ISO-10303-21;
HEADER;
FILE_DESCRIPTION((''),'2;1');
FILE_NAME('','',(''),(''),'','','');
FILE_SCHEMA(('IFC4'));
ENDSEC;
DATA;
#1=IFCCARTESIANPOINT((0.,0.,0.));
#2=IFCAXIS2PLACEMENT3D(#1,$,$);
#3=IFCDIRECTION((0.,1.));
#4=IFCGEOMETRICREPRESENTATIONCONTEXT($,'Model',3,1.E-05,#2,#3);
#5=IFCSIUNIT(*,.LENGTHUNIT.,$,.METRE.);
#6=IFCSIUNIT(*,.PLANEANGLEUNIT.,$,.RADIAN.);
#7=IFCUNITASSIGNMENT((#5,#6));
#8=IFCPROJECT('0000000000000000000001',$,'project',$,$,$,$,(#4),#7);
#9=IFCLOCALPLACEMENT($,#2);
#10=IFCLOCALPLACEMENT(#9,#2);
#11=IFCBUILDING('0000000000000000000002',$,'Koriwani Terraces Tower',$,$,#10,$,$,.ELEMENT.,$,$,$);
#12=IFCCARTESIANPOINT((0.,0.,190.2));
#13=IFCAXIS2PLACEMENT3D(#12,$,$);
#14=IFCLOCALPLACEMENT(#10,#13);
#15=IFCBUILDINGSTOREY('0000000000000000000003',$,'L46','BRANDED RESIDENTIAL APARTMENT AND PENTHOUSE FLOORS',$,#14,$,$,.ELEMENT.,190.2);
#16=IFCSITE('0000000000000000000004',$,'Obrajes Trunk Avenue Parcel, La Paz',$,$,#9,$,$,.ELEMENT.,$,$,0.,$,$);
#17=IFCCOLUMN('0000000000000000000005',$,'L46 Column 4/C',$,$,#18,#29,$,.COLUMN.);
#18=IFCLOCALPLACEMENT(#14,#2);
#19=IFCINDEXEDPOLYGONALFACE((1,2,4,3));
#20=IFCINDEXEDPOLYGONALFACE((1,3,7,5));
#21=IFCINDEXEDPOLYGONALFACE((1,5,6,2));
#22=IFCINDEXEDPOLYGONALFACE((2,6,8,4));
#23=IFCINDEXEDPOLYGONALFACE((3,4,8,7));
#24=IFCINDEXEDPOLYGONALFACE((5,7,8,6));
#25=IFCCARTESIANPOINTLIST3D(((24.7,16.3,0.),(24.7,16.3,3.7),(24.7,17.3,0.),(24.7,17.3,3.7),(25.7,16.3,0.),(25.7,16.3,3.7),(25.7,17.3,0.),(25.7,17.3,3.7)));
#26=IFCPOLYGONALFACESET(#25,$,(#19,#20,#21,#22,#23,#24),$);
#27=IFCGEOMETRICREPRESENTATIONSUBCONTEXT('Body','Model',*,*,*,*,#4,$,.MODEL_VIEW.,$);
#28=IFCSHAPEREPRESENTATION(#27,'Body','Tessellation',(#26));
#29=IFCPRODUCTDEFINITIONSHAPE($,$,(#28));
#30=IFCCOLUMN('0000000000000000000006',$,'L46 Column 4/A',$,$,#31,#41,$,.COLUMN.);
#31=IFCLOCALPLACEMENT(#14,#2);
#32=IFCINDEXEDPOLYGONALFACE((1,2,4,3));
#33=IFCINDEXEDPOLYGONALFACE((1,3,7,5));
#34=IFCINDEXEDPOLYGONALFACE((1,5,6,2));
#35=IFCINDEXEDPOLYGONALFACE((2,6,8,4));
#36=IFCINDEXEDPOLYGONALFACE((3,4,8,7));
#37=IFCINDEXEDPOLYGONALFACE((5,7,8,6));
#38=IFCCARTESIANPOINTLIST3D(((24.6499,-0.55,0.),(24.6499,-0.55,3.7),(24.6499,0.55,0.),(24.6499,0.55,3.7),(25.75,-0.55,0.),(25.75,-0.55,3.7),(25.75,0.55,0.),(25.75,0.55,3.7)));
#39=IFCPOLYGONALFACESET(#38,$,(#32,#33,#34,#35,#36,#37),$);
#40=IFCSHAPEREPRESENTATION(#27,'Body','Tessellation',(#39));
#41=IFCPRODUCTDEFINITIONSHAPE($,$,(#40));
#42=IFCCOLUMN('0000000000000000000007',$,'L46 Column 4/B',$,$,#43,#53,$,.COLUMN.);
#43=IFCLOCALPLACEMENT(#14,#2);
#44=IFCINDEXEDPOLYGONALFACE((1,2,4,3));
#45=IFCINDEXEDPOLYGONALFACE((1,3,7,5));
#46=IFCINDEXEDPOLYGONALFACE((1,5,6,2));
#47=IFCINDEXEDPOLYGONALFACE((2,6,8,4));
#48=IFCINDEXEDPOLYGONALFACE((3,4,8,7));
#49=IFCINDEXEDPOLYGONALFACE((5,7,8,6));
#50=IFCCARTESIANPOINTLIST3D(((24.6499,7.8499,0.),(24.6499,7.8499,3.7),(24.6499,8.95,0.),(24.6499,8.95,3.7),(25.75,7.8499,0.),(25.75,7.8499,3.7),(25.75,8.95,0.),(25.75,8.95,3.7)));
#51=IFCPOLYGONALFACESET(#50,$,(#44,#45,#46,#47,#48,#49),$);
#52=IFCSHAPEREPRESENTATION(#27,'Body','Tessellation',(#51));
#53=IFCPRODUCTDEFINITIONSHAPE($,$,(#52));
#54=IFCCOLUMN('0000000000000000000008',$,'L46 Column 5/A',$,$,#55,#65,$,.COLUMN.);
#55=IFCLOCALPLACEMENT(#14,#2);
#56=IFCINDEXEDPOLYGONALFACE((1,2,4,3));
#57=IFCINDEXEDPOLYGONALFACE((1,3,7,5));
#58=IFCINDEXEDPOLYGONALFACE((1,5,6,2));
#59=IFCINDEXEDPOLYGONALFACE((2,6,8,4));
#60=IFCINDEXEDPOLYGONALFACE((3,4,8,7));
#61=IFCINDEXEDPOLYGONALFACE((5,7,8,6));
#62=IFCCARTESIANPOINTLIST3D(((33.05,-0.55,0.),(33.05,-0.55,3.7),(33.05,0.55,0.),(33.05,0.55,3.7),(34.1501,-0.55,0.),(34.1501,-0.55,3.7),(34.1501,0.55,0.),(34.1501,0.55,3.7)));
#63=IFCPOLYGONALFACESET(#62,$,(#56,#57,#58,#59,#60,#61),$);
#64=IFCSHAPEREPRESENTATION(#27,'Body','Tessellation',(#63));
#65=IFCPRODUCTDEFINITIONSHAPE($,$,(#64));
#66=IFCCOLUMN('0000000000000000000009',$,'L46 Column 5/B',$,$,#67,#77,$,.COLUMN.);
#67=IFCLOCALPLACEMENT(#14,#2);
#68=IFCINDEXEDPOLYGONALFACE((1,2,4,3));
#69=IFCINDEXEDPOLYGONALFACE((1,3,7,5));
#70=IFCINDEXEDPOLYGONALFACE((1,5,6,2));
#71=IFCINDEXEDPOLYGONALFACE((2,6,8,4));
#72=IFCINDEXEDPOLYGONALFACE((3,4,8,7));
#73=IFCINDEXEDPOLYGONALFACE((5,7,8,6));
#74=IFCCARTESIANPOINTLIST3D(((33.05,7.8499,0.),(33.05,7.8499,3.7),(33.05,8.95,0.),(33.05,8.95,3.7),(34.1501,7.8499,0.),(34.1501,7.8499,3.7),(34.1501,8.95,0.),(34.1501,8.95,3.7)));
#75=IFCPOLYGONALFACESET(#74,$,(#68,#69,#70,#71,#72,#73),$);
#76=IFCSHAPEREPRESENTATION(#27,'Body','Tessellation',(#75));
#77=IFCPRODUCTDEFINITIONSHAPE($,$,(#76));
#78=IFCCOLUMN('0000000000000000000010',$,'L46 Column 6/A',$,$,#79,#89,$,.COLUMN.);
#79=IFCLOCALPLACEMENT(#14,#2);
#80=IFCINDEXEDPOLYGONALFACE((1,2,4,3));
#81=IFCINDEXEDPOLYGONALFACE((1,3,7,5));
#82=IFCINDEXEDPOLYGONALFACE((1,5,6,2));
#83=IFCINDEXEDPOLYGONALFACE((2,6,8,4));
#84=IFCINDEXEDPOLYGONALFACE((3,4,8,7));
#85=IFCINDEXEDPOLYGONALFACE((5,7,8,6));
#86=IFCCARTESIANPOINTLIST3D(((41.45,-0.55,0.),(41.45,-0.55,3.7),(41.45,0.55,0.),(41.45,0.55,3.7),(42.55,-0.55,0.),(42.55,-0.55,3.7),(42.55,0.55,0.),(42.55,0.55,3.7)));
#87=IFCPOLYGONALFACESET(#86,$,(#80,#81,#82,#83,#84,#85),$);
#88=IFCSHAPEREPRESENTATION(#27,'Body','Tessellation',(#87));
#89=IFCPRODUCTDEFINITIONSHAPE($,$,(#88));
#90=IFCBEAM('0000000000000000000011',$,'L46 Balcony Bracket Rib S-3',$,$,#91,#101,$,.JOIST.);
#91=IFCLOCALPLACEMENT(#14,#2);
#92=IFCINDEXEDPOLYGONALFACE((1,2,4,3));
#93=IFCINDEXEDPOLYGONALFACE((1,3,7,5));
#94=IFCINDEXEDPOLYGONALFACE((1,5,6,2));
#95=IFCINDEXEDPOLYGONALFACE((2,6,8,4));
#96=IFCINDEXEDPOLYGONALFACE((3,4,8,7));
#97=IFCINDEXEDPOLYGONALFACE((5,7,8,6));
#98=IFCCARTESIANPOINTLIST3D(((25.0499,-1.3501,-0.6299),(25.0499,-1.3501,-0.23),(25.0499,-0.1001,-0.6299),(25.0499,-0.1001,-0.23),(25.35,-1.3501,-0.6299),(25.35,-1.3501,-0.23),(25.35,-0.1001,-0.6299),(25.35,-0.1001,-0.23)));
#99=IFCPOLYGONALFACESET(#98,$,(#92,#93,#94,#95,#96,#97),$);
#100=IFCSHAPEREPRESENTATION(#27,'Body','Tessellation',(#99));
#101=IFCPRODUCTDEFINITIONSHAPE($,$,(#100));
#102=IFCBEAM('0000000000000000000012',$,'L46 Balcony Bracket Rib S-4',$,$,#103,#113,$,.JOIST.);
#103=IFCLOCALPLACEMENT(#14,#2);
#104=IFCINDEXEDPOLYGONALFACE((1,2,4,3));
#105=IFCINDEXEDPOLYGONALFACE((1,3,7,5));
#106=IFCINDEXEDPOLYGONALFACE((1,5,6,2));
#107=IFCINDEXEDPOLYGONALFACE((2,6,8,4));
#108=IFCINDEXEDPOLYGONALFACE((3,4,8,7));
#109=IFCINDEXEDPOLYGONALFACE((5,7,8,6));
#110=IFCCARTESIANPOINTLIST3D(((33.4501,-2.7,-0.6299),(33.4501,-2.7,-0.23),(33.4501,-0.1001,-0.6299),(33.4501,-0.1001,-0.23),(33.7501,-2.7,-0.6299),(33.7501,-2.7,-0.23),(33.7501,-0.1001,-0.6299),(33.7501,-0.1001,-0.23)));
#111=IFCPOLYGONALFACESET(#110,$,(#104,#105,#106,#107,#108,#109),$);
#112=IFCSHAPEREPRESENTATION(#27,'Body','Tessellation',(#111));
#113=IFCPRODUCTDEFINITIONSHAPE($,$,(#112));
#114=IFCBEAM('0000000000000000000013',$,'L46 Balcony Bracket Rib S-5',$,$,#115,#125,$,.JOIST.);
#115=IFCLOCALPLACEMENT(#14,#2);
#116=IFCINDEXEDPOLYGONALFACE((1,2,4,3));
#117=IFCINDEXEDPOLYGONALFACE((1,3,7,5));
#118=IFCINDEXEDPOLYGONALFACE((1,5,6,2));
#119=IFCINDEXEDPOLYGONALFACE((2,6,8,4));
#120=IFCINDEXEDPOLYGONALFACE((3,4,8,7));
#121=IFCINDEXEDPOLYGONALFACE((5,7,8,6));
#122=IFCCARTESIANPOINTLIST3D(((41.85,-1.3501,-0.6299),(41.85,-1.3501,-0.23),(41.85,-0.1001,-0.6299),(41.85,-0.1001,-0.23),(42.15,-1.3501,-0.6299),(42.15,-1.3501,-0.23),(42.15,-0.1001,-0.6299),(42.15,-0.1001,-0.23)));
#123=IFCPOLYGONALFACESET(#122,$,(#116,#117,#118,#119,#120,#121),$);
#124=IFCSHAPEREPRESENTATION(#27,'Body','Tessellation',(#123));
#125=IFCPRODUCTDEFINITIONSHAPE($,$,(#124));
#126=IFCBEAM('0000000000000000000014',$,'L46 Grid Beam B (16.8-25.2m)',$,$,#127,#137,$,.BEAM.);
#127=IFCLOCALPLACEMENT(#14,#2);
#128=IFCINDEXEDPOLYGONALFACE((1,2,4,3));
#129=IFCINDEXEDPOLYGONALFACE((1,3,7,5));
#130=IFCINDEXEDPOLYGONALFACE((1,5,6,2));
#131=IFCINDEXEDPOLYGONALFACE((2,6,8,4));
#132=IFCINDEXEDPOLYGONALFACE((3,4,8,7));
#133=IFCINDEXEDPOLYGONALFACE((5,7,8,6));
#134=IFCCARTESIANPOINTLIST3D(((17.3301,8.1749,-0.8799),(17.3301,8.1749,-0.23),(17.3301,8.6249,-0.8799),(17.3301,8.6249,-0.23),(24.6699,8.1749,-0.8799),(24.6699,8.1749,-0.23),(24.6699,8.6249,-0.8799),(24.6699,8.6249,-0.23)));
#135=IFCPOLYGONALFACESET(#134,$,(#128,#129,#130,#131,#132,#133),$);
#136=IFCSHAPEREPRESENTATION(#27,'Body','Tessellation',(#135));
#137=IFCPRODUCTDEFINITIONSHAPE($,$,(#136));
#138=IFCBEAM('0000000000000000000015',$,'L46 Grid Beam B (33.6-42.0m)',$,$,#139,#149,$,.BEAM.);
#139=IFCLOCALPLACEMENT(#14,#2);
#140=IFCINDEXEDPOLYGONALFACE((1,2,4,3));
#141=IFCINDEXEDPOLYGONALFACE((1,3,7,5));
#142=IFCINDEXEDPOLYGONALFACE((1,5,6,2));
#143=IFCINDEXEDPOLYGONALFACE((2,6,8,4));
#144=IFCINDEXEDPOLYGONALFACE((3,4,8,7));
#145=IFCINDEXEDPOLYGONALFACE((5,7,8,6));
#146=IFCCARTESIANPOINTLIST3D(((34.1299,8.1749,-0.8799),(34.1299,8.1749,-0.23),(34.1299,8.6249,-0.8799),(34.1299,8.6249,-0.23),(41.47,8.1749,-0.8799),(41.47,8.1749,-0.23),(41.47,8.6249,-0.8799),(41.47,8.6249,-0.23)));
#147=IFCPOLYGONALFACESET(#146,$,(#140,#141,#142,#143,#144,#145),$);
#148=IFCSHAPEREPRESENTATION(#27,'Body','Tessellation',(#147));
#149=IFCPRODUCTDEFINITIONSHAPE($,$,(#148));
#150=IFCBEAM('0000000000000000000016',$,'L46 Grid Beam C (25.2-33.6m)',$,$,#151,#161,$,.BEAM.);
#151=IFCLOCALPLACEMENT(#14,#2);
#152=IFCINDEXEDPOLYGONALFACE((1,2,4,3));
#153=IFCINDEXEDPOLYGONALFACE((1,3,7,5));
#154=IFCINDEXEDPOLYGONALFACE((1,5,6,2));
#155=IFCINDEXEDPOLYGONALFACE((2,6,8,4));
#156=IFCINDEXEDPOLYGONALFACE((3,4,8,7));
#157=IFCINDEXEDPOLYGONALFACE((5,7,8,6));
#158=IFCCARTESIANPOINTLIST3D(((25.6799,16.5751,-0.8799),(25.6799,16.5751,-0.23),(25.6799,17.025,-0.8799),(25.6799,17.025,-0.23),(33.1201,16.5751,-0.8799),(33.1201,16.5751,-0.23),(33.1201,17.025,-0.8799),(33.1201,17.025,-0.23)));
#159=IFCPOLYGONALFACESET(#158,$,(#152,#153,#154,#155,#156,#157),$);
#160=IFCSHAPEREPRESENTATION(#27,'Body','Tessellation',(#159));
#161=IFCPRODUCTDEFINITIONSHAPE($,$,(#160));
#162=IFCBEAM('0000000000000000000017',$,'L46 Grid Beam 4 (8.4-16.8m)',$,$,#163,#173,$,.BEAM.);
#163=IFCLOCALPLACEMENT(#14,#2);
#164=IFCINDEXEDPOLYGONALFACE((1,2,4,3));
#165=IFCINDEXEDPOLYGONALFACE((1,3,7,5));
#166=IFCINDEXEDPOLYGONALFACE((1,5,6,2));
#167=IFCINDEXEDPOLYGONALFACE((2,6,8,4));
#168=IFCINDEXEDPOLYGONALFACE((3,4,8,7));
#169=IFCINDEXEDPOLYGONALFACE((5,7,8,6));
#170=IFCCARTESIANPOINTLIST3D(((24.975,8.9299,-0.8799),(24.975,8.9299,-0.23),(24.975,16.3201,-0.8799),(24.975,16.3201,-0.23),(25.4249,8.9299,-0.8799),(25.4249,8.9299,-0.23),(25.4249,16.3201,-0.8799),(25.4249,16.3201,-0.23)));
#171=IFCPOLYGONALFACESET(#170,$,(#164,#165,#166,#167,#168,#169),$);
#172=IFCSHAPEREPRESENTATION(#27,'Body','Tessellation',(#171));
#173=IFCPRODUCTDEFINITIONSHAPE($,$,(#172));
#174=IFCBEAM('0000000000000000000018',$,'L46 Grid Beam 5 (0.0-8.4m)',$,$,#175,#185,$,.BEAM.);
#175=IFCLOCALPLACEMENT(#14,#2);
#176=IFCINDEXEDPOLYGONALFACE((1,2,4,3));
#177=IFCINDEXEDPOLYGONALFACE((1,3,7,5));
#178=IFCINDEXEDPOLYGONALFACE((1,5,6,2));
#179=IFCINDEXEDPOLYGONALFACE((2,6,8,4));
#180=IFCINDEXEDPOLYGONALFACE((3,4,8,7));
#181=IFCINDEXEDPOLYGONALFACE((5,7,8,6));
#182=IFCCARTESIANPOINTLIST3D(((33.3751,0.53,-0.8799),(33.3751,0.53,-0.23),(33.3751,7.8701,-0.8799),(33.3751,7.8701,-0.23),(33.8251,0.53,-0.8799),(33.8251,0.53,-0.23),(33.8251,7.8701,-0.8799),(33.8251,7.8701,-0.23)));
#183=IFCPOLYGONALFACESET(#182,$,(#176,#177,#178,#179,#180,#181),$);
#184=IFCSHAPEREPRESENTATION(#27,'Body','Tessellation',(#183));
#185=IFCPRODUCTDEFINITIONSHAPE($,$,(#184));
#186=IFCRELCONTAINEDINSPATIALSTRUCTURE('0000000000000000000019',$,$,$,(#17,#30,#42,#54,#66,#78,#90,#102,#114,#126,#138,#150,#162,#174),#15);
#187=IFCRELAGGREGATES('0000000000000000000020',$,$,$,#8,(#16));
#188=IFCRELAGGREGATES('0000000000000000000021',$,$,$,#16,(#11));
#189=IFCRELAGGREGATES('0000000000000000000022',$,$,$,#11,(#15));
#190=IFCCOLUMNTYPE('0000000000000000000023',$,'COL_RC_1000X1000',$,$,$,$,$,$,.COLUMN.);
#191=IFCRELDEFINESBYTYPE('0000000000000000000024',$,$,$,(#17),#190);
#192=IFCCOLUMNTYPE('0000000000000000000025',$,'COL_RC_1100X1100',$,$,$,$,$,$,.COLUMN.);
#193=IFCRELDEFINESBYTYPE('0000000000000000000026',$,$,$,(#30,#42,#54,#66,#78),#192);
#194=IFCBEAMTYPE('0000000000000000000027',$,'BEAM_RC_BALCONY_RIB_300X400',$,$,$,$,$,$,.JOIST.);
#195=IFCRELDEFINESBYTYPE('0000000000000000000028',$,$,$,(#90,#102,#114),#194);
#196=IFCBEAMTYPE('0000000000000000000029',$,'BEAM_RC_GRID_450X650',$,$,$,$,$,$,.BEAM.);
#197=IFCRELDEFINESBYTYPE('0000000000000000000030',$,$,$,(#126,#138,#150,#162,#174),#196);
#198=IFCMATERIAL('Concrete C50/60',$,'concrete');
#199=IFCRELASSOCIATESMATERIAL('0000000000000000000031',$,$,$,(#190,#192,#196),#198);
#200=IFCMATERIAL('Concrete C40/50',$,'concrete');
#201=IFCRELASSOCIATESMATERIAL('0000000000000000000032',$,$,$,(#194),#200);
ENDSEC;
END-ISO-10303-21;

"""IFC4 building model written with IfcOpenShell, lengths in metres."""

from ifc_helpers import new_model, si_unit, direction, frame, origin, origin_2d, place, context, subcontext, project, spatial, rectangle, extrude, material, material_profile, profile_set, type_object, element, save


model = new_model("IFC4")

# Units and contexts
model_context = context("Model", 3, precision=1e-05, world=origin(), true_north=direction((0.0, 1.0)))
body_context = subcontext(model_context, "Body", "Model", "MODEL_VIEW")
ifc_project = project(units=[si_unit("LENGTHUNIT", "METRE"), si_unit("PLANEANGLEUNIT", "RADIAN")], contexts=[model_context])

# Site, building, storey
site_placement = place(None, origin())
site = spatial("IfcSite", under=ifc_project, at=site_placement, Name="Obrajes Trunk Avenue Parcel, La Paz", CompositionType="ELEMENT", RefElevation=0.0)
building_placement = place(site_placement, origin())
building = spatial("IfcBuilding", under=site, at=building_placement, Name="Koriwani Terraces Tower", CompositionType="ELEMENT")
storey_placement = place(building_placement, frame((0.0, 0.0, 190.2)))
storey = spatial("IfcBuildingStorey", under=building, at=storey_placement, Name="L46", Description="BRANDED RESIDENTIAL APARTMENT AND PENTHOUSE FLOORS", CompositionType="ELEMENT", Elevation=190.2)

# Columns
ifc_material_1 = material(Name="Concrete C50/60", Category="concrete")
ifc_material_profile_1 = material_profile(ifc_material_1, rectangle(XDim=1.0, YDim=1.0, at=origin_2d()), Name="Concrete C50/60", Category="LoadBearing")
ifc_profile_set_1 = profile_set([ifc_material_profile_1], Name="Concrete C50/60")
column_type_1 = type_object("IfcColumnType", Name="COL_RC_1000X1000", PredefinedType="COLUMN", material=ifc_profile_set_1)
column_placement = place(storey_placement, frame((25.2, 16.8, 0.0), z_axis=(0.0, 0.0, 1.0), x_axis=(1.0, 0.0, 0.0)))
element("IfcColumn", 1, at=column_placement, inside=storey, type_object=column_type_1, Name="L46 Column 4/C", PredefinedType="COLUMN", context=body_context, shape_type="SweptSolid", body=[
    extrude(rectangle(XDim=1.0, YDim=1.0, at=origin_2d()), origin(), (0.0, 0.0, 1.0), 3.7),
])
ifc_material_profile_2 = material_profile(ifc_material_1, rectangle(XDim=1.1001, YDim=1.1001, at=origin_2d()), Name="Concrete C50/60", Category="LoadBearing")
ifc_profile_set_2 = profile_set([ifc_material_profile_2], Name="Concrete C50/60")
column_type_2 = type_object("IfcColumnType", Name="COL_RC_1100X1100", PredefinedType="COLUMN", material=ifc_profile_set_2)
for number, where, z_axis, x_axis, name in (
    (2, (25.2, 0.0, 0.0), (0.0, 0.0, 1.0), (1.0, 0.0, 0.0), "L46 Column 4/A"),
    (3, (25.2, 8.3999, 0.0), (0.0, 0.0, 1.0), (1.0, 0.0, 0.0), "L46 Column 4/B"),
    (4, (33.6001, 0.0, 0.0), (0.0, 0.0, 1.0), (1.0, 0.0, 0.0), "L46 Column 5/A"),
    (5, (33.6001, 8.3999, 0.0), (0.0, 0.0, 1.0), (1.0, 0.0, 0.0), "L46 Column 5/B"),
    (6, (42.0, 0.0, 0.0), (0.0, 0.0, 1.0), (1.0, 0.0, 0.0), "L46 Column 6/A"),
):
    element("IfcColumn", number, at=place(storey_placement, frame(where, z_axis=z_axis, x_axis=x_axis)), inside=storey, type_object=column_type_2, Name=name, PredefinedType="COLUMN", context=body_context, shape_type="SweptSolid", body=[
        extrude(rectangle(XDim=1.1001, YDim=1.1001, at=origin_2d()), origin(), (0.0, 0.0, 1.0), 3.7),
    ])

# Beams
ifc_material_2 = material(Name="Concrete C40/50", Category="concrete")
ifc_material_profile_3 = material_profile(ifc_material_2, rectangle(XDim=0.3, YDim=0.3999, at=origin_2d()), Name="Concrete C40/50", Category="LoadBearing")
ifc_profile_set_3 = profile_set([ifc_material_profile_3], Name="Concrete C40/50")
beam_type_1 = type_object("IfcBeamType", Name="BEAM_RC_BALCONY_RIB_300X400", PredefinedType="JOIST", material=ifc_profile_set_3)
beam_1_placement = place(storey_placement, frame((25.2, -1.3501, -0.4299), z_axis=(0.0, 1.0, 0.0), x_axis=(-1.0, 0.0, 0.0)))
element("IfcBeam", 7, at=beam_1_placement, inside=storey, type_object=beam_type_1, Name="L46 Balcony Bracket Rib S-3", PredefinedType="JOIST", context=body_context, shape_type="SweptSolid", body=[
    extrude(rectangle(XDim=0.3, YDim=0.3999, at=origin_2d()), origin(), (0.0, 0.0, 1.0), 1.25),
])
beam_2_placement = place(storey_placement, frame((33.6001, -2.7, -0.4299), z_axis=(0.0, 1.0, 0.0), x_axis=(-1.0, 0.0, 0.0)))
element("IfcBeam", 8, at=beam_2_placement, inside=storey, type_object=beam_type_1, Name="L46 Balcony Bracket Rib S-4", PredefinedType="JOIST", context=body_context, shape_type="SweptSolid", body=[
    extrude(rectangle(XDim=0.3, YDim=0.3999, at=origin_2d()), origin(), (0.0, 0.0, 1.0), 2.5999),
])
beam_3_placement = place(storey_placement, frame((42.0, -1.3501, -0.4299), z_axis=(0.0, 1.0, 0.0), x_axis=(-1.0, 0.0, 0.0)))
element("IfcBeam", 9, at=beam_3_placement, inside=storey, type_object=beam_type_1, Name="L46 Balcony Bracket Rib S-5", PredefinedType="JOIST", context=body_context, shape_type="SweptSolid", body=[
    extrude(rectangle(XDim=0.3, YDim=0.3999, at=origin_2d()), origin(), (0.0, 0.0, 1.0), 1.25),
])
ifc_material_profile_4 = material_profile(ifc_material_1, rectangle(XDim=0.45, YDim=0.6499, at=origin_2d()), Name="Concrete C50/60", Category="LoadBearing")
ifc_profile_set_4 = profile_set([ifc_material_profile_4], Name="Concrete C50/60")
beam_type_2 = type_object("IfcBeamType", Name="BEAM_RC_GRID_450X650", PredefinedType="BEAM", material=ifc_profile_set_4)
beam_4_placement = place(storey_placement, frame((17.3301, 8.3999, -0.5549), z_axis=(1.0, 0.0, 0.0), x_axis=(0.0, 1.0, 0.0)))
element("IfcBeam", 10, at=beam_4_placement, inside=storey, type_object=beam_type_2, Name="L46 Grid Beam B (16.8-25.2m)", PredefinedType="BEAM", context=body_context, shape_type="SweptSolid", body=[
    extrude(rectangle(XDim=0.45, YDim=0.6499, at=origin_2d()), origin(), (0.0, 0.0, 1.0), 7.3398),
])
beam_5_placement = place(storey_placement, frame((34.1299, 8.3999, -0.5549), z_axis=(1.0, 0.0, 0.0), x_axis=(0.0, 1.0, 0.0)))
element("IfcBeam", 11, at=beam_5_placement, inside=storey, type_object=beam_type_2, Name="L46 Grid Beam B (33.6-42.0m)", PredefinedType="BEAM", context=body_context, shape_type="SweptSolid", body=[
    extrude(rectangle(XDim=0.45, YDim=0.6499, at=origin_2d()), origin(), (0.0, 0.0, 1.0), 7.3401),
])
beam_6_placement = place(storey_placement, frame((25.6799, 16.8, -0.5549), z_axis=(1.0, 0.0, 0.0), x_axis=(0.0, 1.0, 0.0)))
element("IfcBeam", 12, at=beam_6_placement, inside=storey, type_object=beam_type_2, Name="L46 Grid Beam C (25.2-33.6m)", PredefinedType="BEAM", context=body_context, shape_type="SweptSolid", body=[
    extrude(rectangle(XDim=0.45, YDim=0.6499, at=origin_2d()), origin(), (0.0, 0.0, 1.0), 7.4402),
])
beam_7_placement = place(storey_placement, frame((25.2, 8.9299, -0.5549), z_axis=(0.0, 1.0, 0.0), x_axis=(-1.0, 0.0, 0.0)))
element("IfcBeam", 13, at=beam_7_placement, inside=storey, type_object=beam_type_2, Name="L46 Grid Beam 4 (8.4-16.8m)", PredefinedType="BEAM", context=body_context, shape_type="SweptSolid", body=[
    extrude(rectangle(XDim=0.45, YDim=0.6499, at=origin_2d()), origin(), (0.0, 0.0, 1.0), 7.3901),
])
beam_8_placement = place(storey_placement, frame((33.6001, 0.53, -0.5549), z_axis=(0.0, 1.0, 0.0), x_axis=(-1.0, 0.0, 0.0)))
element("IfcBeam", 14, at=beam_8_placement, inside=storey, type_object=beam_type_2, Name="L46 Grid Beam 5 (0.0-8.4m)", PredefinedType="BEAM", context=body_context, shape_type="SweptSolid", body=[
    extrude(rectangle(XDim=0.45, YDim=0.6499, at=origin_2d()), origin(), (0.0, 0.0, 1.0), 7.3401),
])

save(model, "model.ifc")
